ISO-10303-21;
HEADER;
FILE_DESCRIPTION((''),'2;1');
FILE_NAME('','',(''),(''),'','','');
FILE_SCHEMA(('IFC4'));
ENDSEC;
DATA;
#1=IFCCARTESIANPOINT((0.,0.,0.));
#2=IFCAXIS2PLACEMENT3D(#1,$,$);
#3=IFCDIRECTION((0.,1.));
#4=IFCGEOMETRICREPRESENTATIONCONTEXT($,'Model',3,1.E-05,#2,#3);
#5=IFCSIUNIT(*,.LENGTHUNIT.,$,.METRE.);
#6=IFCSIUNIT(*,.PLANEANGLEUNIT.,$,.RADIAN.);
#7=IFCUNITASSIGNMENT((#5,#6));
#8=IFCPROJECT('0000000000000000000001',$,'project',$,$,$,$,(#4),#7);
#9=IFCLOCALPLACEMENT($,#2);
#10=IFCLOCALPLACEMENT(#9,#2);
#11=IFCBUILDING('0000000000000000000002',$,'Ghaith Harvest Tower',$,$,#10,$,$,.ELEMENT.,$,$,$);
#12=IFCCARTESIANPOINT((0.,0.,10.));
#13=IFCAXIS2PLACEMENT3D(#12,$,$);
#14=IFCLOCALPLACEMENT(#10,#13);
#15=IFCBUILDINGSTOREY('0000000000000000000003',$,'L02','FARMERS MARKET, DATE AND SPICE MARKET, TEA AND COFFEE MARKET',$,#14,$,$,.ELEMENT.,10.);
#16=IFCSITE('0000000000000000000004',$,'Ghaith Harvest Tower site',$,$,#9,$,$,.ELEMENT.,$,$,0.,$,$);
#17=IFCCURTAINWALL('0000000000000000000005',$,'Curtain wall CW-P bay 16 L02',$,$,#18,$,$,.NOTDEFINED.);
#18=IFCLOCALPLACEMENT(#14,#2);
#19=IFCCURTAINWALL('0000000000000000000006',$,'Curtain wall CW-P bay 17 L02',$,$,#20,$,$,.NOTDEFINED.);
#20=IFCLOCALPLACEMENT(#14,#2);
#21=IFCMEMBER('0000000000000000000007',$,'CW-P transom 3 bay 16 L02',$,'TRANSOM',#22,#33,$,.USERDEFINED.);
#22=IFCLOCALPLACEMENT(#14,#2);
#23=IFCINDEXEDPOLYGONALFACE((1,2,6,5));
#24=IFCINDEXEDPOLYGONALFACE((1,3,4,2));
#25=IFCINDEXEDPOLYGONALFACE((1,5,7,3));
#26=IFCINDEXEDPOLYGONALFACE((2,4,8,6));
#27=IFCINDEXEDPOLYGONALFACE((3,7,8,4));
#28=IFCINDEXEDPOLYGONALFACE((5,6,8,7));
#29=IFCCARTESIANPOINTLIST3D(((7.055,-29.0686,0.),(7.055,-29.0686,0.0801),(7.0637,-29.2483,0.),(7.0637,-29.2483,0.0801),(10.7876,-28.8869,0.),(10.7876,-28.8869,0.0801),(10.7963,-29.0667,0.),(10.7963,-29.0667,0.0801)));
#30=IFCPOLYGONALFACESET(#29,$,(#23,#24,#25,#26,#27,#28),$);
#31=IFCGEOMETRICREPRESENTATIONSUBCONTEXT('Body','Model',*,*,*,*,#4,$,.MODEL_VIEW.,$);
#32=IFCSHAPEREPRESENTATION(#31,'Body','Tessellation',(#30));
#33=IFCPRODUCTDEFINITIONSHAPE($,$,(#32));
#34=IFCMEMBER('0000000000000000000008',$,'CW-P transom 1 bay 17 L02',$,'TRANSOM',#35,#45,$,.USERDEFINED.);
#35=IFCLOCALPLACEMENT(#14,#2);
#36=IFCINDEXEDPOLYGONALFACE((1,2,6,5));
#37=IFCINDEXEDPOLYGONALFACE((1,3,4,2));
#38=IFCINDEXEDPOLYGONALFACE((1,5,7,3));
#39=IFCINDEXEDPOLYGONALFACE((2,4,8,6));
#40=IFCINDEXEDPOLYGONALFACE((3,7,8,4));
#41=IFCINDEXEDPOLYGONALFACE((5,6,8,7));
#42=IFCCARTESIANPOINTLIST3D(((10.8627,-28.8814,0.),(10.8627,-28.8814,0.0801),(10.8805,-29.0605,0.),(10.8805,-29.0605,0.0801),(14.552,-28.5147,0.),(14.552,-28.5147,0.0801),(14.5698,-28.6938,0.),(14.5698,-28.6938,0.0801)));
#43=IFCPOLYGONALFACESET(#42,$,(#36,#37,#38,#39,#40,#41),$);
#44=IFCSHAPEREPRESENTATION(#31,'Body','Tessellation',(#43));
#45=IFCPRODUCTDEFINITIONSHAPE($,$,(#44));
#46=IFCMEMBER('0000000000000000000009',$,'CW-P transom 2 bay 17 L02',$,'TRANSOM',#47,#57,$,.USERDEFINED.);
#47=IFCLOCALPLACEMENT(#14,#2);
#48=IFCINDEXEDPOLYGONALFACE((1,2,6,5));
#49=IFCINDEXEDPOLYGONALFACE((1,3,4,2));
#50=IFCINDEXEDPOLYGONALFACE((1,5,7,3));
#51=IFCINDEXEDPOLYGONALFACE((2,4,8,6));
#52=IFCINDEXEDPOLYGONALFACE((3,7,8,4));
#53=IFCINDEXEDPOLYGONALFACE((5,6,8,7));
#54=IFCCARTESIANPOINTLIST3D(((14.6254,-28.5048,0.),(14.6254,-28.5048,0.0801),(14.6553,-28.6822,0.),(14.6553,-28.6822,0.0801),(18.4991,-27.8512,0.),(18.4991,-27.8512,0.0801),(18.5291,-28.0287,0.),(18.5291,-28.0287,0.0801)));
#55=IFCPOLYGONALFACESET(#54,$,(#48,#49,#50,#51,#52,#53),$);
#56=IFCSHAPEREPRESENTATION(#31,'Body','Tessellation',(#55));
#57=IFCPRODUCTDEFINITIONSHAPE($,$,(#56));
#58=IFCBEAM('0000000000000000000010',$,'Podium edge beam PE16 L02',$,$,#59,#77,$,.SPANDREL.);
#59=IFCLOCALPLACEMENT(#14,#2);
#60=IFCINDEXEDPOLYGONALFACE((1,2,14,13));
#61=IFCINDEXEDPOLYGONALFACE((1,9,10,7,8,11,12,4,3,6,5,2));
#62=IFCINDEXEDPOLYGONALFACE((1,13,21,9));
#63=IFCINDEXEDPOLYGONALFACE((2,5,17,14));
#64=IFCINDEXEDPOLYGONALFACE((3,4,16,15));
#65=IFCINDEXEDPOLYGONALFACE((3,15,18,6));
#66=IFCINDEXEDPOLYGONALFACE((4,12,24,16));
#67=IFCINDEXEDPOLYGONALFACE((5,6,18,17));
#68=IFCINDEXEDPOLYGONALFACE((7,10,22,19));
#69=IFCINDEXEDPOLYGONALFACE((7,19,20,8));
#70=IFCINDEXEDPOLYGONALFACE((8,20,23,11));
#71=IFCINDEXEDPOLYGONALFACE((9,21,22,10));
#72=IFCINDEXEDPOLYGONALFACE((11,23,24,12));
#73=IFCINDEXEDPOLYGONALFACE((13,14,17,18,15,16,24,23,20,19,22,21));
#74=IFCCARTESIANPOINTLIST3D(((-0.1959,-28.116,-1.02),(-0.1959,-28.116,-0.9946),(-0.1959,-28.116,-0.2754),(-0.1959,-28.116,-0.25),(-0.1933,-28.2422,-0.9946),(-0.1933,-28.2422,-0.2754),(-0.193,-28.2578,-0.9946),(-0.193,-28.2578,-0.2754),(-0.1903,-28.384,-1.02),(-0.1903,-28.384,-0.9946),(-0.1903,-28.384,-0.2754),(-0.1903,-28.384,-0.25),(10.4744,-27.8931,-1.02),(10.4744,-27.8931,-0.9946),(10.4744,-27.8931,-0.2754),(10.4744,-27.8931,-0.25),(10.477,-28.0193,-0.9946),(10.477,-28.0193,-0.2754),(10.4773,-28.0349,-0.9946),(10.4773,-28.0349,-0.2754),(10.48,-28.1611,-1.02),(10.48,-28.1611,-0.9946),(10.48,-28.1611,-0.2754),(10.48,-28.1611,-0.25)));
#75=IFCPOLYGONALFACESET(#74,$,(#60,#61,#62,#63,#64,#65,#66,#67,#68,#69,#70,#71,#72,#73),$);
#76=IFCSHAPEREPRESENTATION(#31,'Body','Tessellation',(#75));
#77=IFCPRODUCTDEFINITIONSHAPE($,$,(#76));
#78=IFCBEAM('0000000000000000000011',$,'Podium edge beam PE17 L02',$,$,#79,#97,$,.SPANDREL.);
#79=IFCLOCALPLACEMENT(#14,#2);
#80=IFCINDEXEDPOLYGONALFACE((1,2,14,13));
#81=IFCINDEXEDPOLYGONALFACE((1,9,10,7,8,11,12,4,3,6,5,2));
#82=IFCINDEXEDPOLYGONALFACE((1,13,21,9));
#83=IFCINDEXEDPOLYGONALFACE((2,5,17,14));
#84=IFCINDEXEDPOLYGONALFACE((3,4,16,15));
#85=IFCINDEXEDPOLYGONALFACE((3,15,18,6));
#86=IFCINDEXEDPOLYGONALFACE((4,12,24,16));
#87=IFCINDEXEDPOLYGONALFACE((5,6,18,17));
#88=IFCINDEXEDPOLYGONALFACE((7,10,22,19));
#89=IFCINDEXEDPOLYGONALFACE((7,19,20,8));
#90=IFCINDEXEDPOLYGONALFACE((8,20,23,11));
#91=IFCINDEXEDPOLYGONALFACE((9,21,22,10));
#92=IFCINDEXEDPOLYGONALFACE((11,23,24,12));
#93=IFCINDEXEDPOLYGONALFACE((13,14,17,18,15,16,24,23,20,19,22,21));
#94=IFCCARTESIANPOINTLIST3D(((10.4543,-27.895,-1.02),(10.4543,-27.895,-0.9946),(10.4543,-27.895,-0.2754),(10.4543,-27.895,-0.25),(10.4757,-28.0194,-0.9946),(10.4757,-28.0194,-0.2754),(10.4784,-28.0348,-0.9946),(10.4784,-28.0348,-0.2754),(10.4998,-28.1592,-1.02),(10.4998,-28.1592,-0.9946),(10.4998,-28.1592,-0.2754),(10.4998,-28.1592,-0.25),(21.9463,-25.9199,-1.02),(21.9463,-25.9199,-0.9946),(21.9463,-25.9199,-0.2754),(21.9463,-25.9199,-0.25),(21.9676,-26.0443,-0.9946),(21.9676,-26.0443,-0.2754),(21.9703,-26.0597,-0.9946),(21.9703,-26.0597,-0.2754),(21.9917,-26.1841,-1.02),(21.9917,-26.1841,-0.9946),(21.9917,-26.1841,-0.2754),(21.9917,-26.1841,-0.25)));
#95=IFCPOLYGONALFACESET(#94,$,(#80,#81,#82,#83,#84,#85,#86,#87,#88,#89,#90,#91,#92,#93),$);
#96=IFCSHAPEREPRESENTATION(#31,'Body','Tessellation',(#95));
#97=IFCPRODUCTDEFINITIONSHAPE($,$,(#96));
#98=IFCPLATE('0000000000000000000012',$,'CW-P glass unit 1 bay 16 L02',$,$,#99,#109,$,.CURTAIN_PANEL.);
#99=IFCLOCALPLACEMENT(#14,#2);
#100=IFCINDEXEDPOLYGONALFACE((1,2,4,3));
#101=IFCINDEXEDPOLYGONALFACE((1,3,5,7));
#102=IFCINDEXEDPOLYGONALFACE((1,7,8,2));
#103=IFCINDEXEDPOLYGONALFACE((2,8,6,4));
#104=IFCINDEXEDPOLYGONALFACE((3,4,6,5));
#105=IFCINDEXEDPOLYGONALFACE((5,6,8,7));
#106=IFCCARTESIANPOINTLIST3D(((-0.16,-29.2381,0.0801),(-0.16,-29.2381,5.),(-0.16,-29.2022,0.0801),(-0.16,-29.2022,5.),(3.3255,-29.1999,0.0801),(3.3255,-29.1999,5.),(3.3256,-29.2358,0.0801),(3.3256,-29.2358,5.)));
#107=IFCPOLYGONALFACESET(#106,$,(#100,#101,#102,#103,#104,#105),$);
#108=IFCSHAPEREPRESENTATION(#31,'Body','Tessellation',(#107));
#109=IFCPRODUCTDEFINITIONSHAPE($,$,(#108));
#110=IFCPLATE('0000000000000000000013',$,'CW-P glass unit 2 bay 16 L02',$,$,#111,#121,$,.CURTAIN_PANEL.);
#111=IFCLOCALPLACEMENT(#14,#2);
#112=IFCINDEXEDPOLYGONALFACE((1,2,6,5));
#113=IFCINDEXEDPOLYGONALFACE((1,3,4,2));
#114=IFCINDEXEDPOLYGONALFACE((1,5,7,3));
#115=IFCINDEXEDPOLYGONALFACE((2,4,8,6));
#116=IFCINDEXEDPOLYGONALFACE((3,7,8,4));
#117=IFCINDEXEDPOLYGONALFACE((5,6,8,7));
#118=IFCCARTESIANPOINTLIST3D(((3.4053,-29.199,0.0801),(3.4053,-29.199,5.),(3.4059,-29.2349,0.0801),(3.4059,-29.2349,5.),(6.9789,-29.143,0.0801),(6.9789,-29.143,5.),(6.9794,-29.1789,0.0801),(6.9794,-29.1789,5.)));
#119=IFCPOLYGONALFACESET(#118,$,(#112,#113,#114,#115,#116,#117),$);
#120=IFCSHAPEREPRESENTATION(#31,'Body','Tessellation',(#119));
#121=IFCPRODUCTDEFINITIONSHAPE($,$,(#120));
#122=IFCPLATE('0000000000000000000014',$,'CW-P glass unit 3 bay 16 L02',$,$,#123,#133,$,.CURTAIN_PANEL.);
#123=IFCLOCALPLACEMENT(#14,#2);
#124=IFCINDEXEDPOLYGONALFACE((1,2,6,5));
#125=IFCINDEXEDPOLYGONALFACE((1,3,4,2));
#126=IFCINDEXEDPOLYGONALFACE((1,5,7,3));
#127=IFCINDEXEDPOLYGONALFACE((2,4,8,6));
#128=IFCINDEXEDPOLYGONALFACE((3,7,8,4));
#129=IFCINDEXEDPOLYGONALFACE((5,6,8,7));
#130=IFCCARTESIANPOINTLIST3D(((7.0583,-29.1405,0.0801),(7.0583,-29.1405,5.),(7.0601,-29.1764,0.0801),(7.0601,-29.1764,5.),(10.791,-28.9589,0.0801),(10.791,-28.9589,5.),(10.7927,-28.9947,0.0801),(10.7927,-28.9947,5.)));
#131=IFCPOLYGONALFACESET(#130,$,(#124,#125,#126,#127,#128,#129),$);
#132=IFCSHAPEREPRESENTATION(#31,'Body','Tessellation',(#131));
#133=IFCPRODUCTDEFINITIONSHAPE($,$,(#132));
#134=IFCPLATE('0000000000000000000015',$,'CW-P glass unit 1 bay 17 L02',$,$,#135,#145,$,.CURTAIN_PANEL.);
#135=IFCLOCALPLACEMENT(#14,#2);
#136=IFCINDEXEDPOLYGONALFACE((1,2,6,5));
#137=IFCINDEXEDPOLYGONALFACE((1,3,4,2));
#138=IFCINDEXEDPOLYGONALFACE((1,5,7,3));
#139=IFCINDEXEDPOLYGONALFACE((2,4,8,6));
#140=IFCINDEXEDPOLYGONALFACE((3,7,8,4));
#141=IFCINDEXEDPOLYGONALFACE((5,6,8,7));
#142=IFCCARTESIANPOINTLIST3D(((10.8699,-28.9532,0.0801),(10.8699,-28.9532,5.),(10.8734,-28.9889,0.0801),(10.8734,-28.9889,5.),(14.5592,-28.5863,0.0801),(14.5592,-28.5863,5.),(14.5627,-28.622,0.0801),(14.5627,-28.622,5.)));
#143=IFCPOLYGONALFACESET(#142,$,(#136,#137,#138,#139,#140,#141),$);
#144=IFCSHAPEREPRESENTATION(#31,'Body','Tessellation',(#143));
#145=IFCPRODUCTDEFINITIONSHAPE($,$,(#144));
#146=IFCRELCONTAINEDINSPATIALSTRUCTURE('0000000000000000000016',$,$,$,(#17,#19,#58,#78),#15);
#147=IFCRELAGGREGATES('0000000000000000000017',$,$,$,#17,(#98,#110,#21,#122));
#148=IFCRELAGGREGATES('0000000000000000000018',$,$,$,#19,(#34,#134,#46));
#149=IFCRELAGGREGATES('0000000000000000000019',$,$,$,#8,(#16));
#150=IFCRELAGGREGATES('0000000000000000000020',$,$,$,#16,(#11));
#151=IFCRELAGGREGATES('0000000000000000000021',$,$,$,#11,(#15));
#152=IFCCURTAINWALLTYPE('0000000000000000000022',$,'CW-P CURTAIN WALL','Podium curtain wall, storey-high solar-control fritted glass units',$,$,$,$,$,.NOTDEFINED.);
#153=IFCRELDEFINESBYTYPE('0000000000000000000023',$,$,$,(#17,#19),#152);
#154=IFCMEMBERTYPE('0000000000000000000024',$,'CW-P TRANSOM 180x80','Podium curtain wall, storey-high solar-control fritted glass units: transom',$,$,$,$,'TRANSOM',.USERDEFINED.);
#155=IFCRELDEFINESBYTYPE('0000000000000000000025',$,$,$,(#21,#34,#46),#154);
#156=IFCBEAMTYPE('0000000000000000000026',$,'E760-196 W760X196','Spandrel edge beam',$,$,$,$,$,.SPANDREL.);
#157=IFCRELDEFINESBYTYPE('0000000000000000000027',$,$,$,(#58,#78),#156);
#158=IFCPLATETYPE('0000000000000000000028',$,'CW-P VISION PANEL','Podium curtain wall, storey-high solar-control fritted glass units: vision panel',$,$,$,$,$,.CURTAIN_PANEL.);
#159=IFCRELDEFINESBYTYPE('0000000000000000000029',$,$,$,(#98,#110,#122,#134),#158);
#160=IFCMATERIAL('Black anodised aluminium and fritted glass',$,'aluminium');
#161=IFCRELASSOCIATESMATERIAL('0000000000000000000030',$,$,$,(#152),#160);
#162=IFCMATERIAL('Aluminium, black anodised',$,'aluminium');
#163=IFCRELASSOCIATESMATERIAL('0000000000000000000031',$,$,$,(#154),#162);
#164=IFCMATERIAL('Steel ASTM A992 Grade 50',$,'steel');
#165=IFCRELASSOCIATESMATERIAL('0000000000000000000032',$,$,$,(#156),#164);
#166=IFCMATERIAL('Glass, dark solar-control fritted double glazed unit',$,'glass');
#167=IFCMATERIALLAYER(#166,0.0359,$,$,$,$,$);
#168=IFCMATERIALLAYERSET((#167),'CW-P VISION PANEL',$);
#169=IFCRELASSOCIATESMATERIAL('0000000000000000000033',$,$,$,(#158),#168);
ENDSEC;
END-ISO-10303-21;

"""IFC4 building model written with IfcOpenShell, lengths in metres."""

from ifc_helpers import new_model, si_unit, direction, frame, origin, origin_2d, place, context, subcontext, project, spatial, rectangle, i_section, extrude, material, layer, layer_set, material_profile, profile_set, type_object, element, aggregate, save


model = new_model("IFC4")

# Units and contexts
model_context = context("Model", 3, precision=1e-05, world=origin(), true_north=direction((0.0, 1.0)))
body_context = subcontext(model_context, "Body", "Model", "MODEL_VIEW")
ifc_project = project(units=[si_unit("LENGTHUNIT", "METRE"), si_unit("PLANEANGLEUNIT", "RADIAN")], contexts=[model_context])

# Site, building, storey
site_placement = place(None, origin())
site = spatial("IfcSite", under=ifc_project, at=site_placement, Name="Ghaith Harvest Tower site", CompositionType="ELEMENT", RefElevation=0.0)
building_placement = place(site_placement, origin())
building = spatial("IfcBuilding", under=site, at=building_placement, Name="Ghaith Harvest Tower", CompositionType="ELEMENT")
storey_placement = place(building_placement, frame((0.0, 0.0, 10.0)))
storey = spatial("IfcBuildingStorey", under=building, at=storey_placement, Name="L02", Description="FARMERS MARKET, DATE AND SPICE MARKET, TEA AND COFFEE MARKET", CompositionType="ELEMENT", Elevation=10.0)

# Curtain walls
ifc_material_1 = material(Name="Black anodised aluminium and fritted glass", Category="aluminium")
curtain_wall_type = type_object("IfcCurtainWallType", Name="CW-P CURTAIN WALL", Description="Podium curtain wall, storey-high solar-control fritted glass units", PredefinedType="NOTDEFINED", material=ifc_material_1)
curtain_wall_1_placement = place(storey_placement, origin())
curtain_wall_1 = element("IfcCurtainWall", 1, at=curtain_wall_1_placement, inside=storey, type_object=curtain_wall_type, Name="Curtain wall CW-P bay 16 L02", PredefinedType="NOTDEFINED")
curtain_wall_2_placement = place(storey_placement, origin())
curtain_wall_2 = element("IfcCurtainWall", 2, at=curtain_wall_2_placement, inside=storey, type_object=curtain_wall_type, Name="Curtain wall CW-P bay 17 L02", PredefinedType="NOTDEFINED")

# Members
ifc_material_2 = material(Name="Aluminium, black anodised", Category="aluminium")
ifc_material_profile_1 = material_profile(ifc_material_2, rectangle(XDim=0.1799, YDim=0.0801, at=origin_2d()), Name="CW-P TRANSOM 180x80")
ifc_profile_set_1 = profile_set([ifc_material_profile_1], Name="Aluminium, black anodised")
member_type_1 = type_object("IfcMemberType", Name="CW-P TRANSOM 180x80", Description="Podium curtain wall, storey-high solar-control fritted glass units: transom", ElementType="TRANSOM", PredefinedType="USERDEFINED", material=ifc_profile_set_1)
member_1_placement = place(storey_placement, frame((7.0593, -29.1584, 0.04), z_axis=(0.998818, 0.048605, 0.0), x_axis=(-0.048605, 0.998818, 0.0)))
member_1 = element("IfcMember", 3, at=member_1_placement, type_object=member_type_1, Name="CW-P transom 3 bay 16 L02", ObjectType="TRANSOM", PredefinedType="USERDEFINED", context=body_context, shape_type="SweptSolid", body=[
    extrude(rectangle(XDim=0.1799, YDim=0.0801, at=origin_2d()), origin(), (0.0, 0.0, 1.0), 3.7371),
])
member_2_placement = place(storey_placement, frame((10.8716, -28.9709, 0.04), z_axis=(0.995097, 0.098904, 0.0), x_axis=(-0.098904, 0.995097, 0.0)))
member_2 = element("IfcMember", 4, at=member_2_placement, type_object=member_type_1, Name="CW-P transom 1 bay 17 L02", ObjectType="TRANSOM", PredefinedType="USERDEFINED", context=body_context, shape_type="SweptSolid", body=[
    extrude(rectangle(XDim=0.1799, YDim=0.0801, at=origin_2d()), origin(), (0.0, 0.0, 1.0), 3.7075),
])
member_3_placement = place(storey_placement, frame((14.6404, -28.5935, 0.04), z_axis=(0.986064, 0.166364, 0.0), x_axis=(-0.166364, 0.986064, 0.0)))
member_3 = element("IfcMember", 5, at=member_3_placement, type_object=member_type_1, Name="CW-P transom 2 bay 17 L02", ObjectType="TRANSOM", PredefinedType="USERDEFINED", context=body_context, shape_type="SweptSolid", body=[
    extrude(rectangle(XDim=0.1799, YDim=0.0801, at=origin_2d()), origin(), (0.0, 0.0, 1.0), 3.9285),
])

# Beams
ifc_material_3 = material(Name="Steel ASTM A992 Grade 50", Category="steel")
ifc_material_profile_2 = material_profile(ifc_material_3, i_section(OverallWidth=0.2681, OverallDepth=0.77, WebThickness=0.0156, FlangeThickness=0.0254, at=origin_2d()), Name="W760X196")
ifc_profile_set_2 = profile_set([ifc_material_profile_2], Name="Steel ASTM A992 Grade 50")
beam_type = type_object("IfcBeamType", Name="E760-196 W760X196", Description="Spandrel edge beam", PredefinedType="SPANDREL", material=ifc_profile_set_2)
beam_1_placement = place(storey_placement, frame((-0.1931, -28.25, -0.635), z_axis=(0.999782, 0.020886, 0.0), x_axis=(-0.020886, 0.999782, 0.0)))
element("IfcBeam", 6, at=beam_1_placement, inside=storey, type_object=beam_type, Name="Podium edge beam PE16 L02", PredefinedType="SPANDREL", context=body_context, shape_type="SweptSolid", body=[
    extrude(i_section(OverallWidth=0.2681, OverallDepth=0.77, WebThickness=0.0156, FlangeThickness=0.0254, at=origin_2d()), origin(), (0.0, 0.0, 1.0), 10.6726),
])
beam_2_placement = place(storey_placement, frame((10.4771, -28.0271, -0.635), z_axis=(0.98555, 0.169385, 0.0), x_axis=(-0.169385, 0.98555, 0.0)))
element("IfcBeam", 7, at=beam_2_placement, inside=storey, type_object=beam_type, Name="Podium edge beam PE17 L02", PredefinedType="SPANDREL", context=body_context, shape_type="SweptSolid", body=[
    extrude(i_section(OverallWidth=0.2681, OverallDepth=0.77, WebThickness=0.0156, FlangeThickness=0.0254, at=origin_2d()), origin(), (0.0, 0.0, 1.0), 11.6604),
])

# Plates
ifc_material_4 = material(Name="Glass, dark solar-control fritted double glazed unit", Category="glass")
ifc_layer = layer(ifc_material_4, 0.0359)
ifc_layer_set = layer_set([ifc_layer], Name="CW-P VISION PANEL")
plate_type = type_object("IfcPlateType", Name="CW-P VISION PANEL", Description="Podium curtain wall, storey-high solar-control fritted glass units: vision panel", PredefinedType="CURTAIN_PANEL", material=ifc_layer_set)
plate_1_placement = place(storey_placement, frame((1.5828, -29.219, 0.0801), z_axis=(0.0, 0.0, 1.0), x_axis=(1.0, 0.000672, 0.0)))
plate_1 = element("IfcPlate", 8, at=plate_1_placement, type_object=plate_type, Name="CW-P glass unit 1 bay 16 L02", PredefinedType="CURTAIN_PANEL", context=body_context, shape_type="SweptSolid", body=[
    extrude(rectangle(XDim=3.4856, YDim=0.0359, at=origin_2d()), origin(), (0.0, 0.0, 1.0), 4.9199),
])
plate_2_placement = place(storey_placement, frame((5.1924, -29.189, 0.0801), z_axis=(0.0, 0.0, 1.0), x_axis=(0.999877, 0.015661, 0.0)))
plate_2 = element("IfcPlate", 9, at=plate_2_placement, type_object=plate_type, Name="CW-P glass unit 2 bay 16 L02", PredefinedType="CURTAIN_PANEL", context=body_context, shape_type="SweptSolid", body=[
    extrude(rectangle(XDim=3.574, YDim=0.0359, at=origin_2d()), origin(), (0.0, 0.0, 1.0), 4.9199),
])
plate_3_placement = place(storey_placement, frame((8.9255, -29.0676, 0.0801), z_axis=(0.0, 0.0, 1.0), x_axis=(0.998818, 0.048597, 0.0)))
plate_3 = element("IfcPlate", 10, at=plate_3_placement, type_object=plate_type, Name="CW-P glass unit 3 bay 16 L02", PredefinedType="CURTAIN_PANEL", context=body_context, shape_type="SweptSolid", body=[
    extrude(rectangle(XDim=3.7371, YDim=0.0359, at=origin_2d()), origin(), (0.0, 0.0, 1.0), 4.9199),
])
aggregate(curtain_wall_1, [plate_1, plate_2, member_1, plate_3])
plate_4_placement = place(storey_placement, frame((12.7163, -28.7876, 0.0801), z_axis=(0.0, 0.0, 1.0), x_axis=(0.995093, 0.098949, 0.0)))
plate_4 = element("IfcPlate", 11, at=plate_4_placement, type_object=plate_type, Name="CW-P glass unit 1 bay 17 L02", PredefinedType="CURTAIN_PANEL", context=body_context, shape_type="SweptSolid", body=[
    extrude(rectangle(XDim=3.7075, YDim=0.0359, at=origin_2d()), origin(), (0.0, 0.0, 1.0), 4.9199),
])
aggregate(curtain_wall_2, [member_2, plate_4, member_3])

save(model, "model.ifc")
